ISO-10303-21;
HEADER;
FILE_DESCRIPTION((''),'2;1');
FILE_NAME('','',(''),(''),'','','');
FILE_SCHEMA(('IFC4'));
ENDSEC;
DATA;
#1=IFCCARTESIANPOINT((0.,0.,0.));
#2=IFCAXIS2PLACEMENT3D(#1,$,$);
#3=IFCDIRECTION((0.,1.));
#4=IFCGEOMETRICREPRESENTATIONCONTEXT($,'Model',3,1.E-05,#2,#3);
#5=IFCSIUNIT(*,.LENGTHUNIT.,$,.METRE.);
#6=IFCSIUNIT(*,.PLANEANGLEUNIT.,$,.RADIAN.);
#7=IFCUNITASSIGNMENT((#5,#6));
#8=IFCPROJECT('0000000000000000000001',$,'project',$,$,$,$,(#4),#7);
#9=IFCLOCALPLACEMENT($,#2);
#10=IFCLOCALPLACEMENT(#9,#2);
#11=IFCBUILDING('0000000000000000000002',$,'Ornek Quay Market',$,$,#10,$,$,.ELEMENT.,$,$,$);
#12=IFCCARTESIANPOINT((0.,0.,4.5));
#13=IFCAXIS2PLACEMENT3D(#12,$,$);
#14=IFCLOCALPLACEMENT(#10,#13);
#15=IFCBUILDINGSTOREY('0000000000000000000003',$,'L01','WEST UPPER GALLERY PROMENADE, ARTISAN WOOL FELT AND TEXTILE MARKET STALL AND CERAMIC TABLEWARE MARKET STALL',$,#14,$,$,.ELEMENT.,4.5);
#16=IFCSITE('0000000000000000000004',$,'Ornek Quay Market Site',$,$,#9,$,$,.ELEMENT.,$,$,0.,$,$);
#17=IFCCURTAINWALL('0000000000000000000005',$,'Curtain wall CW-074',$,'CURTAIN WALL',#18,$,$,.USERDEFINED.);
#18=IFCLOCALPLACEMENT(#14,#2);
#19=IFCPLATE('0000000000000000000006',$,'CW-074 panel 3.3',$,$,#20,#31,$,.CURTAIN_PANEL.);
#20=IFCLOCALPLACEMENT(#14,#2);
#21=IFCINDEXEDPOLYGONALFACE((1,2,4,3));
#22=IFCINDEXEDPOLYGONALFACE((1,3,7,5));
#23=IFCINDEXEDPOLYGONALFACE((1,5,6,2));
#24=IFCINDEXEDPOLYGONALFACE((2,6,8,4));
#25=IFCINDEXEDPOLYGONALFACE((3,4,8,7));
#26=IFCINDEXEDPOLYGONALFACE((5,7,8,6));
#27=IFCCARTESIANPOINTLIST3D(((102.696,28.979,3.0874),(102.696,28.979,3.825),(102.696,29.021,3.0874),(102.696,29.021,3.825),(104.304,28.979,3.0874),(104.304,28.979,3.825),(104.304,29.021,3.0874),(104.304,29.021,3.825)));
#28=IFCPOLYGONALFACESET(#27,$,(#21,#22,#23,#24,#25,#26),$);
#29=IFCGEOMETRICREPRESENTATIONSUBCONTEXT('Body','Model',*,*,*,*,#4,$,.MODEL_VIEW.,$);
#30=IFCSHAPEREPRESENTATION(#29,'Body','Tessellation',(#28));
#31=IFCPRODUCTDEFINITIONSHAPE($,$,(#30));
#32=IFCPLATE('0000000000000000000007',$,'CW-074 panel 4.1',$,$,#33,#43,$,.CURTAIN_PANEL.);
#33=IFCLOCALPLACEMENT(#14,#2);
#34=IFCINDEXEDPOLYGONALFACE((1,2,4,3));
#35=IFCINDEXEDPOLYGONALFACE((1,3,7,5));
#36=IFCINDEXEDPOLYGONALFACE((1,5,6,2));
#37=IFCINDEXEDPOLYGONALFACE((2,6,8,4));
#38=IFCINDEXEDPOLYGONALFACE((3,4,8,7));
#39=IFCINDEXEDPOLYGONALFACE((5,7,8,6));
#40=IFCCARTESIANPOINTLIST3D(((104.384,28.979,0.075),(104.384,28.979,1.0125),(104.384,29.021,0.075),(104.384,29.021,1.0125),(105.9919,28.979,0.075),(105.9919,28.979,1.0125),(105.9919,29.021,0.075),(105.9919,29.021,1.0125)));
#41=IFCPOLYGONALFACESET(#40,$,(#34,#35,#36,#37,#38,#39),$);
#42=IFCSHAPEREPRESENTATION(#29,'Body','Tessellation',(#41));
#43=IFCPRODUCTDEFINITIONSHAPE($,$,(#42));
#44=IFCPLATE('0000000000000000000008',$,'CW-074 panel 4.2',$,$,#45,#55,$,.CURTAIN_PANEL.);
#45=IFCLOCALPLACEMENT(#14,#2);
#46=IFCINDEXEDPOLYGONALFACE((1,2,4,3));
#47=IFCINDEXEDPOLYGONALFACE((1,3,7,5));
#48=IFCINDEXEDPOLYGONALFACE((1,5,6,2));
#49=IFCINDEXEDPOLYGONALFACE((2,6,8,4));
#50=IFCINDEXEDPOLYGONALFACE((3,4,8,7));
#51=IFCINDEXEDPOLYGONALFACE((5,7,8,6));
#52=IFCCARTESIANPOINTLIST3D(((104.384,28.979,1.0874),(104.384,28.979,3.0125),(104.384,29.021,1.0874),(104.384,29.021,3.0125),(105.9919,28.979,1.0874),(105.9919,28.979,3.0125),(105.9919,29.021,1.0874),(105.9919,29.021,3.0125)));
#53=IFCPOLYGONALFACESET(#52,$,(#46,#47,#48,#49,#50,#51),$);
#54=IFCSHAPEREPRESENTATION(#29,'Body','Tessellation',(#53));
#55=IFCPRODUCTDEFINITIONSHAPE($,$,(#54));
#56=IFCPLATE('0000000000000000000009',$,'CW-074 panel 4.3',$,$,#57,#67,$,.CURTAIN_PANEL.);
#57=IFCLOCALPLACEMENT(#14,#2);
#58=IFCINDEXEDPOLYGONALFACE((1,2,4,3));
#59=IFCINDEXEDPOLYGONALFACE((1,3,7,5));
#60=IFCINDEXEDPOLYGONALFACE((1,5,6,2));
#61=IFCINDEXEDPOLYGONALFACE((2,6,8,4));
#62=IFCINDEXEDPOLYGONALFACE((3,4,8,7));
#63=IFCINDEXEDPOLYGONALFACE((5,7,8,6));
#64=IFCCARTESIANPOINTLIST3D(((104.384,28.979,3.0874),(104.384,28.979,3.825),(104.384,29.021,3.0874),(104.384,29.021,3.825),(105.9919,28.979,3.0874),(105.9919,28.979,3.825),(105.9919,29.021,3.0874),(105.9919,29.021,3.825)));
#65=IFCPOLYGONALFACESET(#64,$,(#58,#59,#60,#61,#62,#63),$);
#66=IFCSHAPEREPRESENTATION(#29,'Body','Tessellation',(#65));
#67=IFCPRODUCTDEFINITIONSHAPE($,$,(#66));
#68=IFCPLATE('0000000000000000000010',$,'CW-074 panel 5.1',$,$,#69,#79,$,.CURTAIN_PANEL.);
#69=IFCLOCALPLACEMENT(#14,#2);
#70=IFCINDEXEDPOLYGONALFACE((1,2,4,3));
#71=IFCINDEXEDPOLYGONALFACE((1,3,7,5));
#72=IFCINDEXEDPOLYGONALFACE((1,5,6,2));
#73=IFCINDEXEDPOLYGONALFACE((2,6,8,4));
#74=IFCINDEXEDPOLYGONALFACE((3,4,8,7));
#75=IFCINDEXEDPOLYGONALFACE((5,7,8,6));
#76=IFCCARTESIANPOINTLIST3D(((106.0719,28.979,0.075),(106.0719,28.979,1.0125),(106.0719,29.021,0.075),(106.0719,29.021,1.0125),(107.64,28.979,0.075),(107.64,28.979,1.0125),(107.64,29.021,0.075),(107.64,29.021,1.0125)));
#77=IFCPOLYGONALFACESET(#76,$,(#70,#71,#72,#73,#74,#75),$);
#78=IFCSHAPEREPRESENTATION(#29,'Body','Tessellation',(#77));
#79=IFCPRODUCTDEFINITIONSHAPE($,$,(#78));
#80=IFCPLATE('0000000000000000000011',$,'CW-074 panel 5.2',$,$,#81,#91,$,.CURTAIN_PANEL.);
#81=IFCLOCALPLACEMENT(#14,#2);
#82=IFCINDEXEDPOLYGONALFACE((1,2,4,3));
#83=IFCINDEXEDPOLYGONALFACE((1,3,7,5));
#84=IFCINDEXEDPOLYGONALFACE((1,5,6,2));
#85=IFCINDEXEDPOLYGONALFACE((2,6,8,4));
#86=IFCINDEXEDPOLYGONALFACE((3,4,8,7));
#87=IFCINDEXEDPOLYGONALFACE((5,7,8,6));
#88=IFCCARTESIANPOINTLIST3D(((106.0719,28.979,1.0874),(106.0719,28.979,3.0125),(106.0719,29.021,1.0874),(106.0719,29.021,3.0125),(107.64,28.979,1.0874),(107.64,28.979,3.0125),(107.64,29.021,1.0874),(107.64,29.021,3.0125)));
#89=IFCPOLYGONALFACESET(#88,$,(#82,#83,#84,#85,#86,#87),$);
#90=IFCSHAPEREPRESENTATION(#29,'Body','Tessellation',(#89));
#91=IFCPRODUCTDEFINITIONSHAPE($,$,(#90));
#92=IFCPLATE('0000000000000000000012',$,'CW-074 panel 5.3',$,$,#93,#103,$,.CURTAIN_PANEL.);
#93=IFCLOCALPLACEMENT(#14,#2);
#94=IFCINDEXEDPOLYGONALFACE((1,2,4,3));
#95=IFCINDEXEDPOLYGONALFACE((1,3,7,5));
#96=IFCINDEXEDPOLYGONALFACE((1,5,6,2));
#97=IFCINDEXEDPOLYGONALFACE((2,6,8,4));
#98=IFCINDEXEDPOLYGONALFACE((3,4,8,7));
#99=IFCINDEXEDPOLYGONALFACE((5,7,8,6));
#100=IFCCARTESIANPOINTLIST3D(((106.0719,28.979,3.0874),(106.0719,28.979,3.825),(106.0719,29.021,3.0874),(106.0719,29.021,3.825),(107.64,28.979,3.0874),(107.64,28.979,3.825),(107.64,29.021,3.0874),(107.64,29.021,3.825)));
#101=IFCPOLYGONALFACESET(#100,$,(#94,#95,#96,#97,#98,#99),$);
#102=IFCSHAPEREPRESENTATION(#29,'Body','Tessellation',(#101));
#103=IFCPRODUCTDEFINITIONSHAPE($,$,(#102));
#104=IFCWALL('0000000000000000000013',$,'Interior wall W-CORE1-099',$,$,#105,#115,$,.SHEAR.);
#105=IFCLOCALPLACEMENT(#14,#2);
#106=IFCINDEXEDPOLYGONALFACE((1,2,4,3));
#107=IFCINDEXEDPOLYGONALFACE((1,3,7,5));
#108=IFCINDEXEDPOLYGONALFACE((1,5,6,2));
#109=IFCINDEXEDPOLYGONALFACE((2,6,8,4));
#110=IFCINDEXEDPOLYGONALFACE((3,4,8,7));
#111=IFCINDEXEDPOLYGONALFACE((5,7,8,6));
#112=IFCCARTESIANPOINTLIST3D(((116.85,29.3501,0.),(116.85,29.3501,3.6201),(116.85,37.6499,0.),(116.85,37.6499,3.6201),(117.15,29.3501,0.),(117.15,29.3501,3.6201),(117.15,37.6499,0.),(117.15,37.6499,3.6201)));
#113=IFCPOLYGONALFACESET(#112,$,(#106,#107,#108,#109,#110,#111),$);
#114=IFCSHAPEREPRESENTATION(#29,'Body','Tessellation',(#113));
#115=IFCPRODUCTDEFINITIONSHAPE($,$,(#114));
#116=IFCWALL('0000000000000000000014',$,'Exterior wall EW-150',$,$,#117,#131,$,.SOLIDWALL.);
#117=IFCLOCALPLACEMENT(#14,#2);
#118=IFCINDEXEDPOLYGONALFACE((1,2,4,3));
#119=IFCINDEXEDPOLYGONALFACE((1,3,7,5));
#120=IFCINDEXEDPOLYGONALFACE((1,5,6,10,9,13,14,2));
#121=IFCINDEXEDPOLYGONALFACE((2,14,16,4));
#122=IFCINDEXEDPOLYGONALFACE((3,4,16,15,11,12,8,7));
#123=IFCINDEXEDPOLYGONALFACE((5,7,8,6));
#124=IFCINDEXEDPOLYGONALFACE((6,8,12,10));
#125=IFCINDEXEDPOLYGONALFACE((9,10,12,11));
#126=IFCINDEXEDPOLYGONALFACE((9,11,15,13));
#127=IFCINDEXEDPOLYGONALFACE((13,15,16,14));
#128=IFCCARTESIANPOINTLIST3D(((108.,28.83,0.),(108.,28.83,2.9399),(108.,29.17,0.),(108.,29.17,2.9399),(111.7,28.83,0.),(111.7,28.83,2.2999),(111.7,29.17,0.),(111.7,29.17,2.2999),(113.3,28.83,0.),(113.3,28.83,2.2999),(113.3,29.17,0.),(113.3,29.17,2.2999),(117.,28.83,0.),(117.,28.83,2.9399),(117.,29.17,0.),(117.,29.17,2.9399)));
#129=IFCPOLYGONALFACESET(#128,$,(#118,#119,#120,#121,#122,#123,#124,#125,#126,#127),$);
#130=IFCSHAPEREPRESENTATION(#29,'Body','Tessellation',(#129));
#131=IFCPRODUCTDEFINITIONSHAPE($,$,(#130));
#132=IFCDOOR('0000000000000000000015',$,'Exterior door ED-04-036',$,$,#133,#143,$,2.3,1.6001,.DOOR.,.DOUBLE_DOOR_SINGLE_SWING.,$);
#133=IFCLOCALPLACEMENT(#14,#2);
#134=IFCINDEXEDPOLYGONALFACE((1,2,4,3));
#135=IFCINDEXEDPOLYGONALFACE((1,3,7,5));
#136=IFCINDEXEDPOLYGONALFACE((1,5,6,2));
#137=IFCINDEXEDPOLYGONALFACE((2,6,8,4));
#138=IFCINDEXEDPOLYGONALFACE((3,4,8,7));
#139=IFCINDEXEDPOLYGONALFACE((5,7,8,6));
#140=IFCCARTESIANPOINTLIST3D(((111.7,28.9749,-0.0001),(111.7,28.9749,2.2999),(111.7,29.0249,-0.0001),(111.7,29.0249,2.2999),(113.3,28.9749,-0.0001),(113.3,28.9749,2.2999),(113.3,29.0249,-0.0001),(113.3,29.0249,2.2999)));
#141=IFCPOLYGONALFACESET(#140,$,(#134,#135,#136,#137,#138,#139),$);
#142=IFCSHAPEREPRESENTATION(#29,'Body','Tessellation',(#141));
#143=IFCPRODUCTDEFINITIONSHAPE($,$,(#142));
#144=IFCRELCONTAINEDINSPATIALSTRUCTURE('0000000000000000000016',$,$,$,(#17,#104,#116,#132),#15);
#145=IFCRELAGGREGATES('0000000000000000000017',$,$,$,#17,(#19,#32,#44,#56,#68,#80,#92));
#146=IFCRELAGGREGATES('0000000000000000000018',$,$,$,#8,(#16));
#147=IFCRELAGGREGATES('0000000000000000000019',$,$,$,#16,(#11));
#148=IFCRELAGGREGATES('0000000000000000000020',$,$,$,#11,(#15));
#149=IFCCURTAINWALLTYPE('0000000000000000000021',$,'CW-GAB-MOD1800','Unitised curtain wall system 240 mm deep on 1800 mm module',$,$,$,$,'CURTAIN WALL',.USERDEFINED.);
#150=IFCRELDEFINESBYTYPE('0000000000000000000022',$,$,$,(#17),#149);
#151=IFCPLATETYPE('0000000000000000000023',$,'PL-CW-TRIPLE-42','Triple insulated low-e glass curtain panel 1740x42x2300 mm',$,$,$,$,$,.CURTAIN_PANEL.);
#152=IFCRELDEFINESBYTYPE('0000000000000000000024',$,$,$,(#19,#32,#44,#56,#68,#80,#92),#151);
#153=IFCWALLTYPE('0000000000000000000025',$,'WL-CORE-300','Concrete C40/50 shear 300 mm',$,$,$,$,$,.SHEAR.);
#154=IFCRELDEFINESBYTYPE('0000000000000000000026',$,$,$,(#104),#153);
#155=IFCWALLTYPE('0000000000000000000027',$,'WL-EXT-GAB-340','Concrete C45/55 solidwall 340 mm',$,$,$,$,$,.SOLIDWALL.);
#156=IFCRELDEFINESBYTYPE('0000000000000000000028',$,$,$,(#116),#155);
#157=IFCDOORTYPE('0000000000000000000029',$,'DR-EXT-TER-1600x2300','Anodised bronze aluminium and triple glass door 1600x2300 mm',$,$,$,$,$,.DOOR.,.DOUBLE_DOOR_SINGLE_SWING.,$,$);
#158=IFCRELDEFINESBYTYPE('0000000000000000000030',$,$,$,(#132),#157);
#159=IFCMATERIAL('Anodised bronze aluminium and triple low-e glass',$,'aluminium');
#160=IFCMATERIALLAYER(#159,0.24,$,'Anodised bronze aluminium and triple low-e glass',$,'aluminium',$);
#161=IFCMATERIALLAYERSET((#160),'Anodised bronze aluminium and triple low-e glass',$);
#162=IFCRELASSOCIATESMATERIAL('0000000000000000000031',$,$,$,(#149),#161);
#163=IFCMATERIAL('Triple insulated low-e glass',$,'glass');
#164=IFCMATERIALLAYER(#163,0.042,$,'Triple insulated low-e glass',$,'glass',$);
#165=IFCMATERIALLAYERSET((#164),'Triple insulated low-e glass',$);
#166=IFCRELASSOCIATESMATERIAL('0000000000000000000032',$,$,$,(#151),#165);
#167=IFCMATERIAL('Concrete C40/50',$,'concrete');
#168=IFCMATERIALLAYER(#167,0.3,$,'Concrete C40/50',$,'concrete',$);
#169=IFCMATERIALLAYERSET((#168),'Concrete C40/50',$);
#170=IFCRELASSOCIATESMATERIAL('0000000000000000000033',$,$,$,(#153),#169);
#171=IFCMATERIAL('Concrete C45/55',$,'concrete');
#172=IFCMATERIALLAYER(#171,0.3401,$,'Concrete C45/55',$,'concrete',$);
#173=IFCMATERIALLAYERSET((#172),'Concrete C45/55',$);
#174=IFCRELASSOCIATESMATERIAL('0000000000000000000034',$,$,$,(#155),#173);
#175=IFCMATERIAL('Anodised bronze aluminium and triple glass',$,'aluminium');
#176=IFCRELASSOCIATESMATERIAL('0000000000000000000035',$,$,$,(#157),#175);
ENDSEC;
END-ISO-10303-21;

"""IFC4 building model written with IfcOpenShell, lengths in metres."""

from ifc_helpers import new_model, si_unit, direction, frame, frame_2d, origin, origin_2d, place, context, subcontext, project, spatial, rectangle, extrude, material, layer, layer_set, type_object, element, fill, aggregate, save


model = new_model("IFC4")

# Units and contexts
model_context = context("Model", 3, precision=1e-05, world=origin(), true_north=direction((0.0, 1.0)))
body_context = subcontext(model_context, "Body", "Model", "MODEL_VIEW")
ifc_project = project(units=[si_unit("LENGTHUNIT", "METRE"), si_unit("PLANEANGLEUNIT", "RADIAN")], contexts=[model_context])

# Site, building, storey
site_placement = place(None, origin())
site = spatial("IfcSite", under=ifc_project, at=site_placement, Name="Ornek Quay Market Site", CompositionType="ELEMENT", RefElevation=0.0)
building_placement = place(site_placement, origin())
building = spatial("IfcBuilding", under=site, at=building_placement, Name="Ornek Quay Market", CompositionType="ELEMENT")
storey_placement = place(building_placement, frame((0.0, 0.0, 4.5)))
storey = spatial("IfcBuildingStorey", under=building, at=storey_placement, Name="L01", Description="WEST UPPER GALLERY PROMENADE, ARTISAN WOOL FELT AND TEXTILE MARKET STALL AND CERAMIC TABLEWARE MARKET STALL", CompositionType="ELEMENT", Elevation=4.5)

# Shared definitions
ifc_material_1 = material(Name="Concrete C45/55", Category="concrete")
ifc_material_2 = material(Name="Concrete C40/50", Category="concrete")

# Shared definitions
ifc_material_3 = material(Name="Anodised bronze aluminium and triple low-e glass", Category="aluminium")

# Curtain wall
ifc_layer_1 = layer(ifc_material_3, 0.24, Name="Anodised bronze aluminium and triple low-e glass", Category="aluminium")
ifc_layer_set_1 = layer_set([ifc_layer_1], Name="Anodised bronze aluminium and triple low-e glass")
curtain_wall_type_1 = type_object("IfcCurtainWallType", Name="CW-GAB-MOD1800", Description="Unitised curtain wall system 240 mm deep on 1800 mm module", ElementType="CURTAIN WALL", PredefinedType="USERDEFINED", material=ifc_layer_set_1)
curtain_wall_1_placement = place(storey_placement, origin())
curtain_wall_1 = element("IfcCurtainWall", 1, at=curtain_wall_1_placement, inside=storey, type_object=curtain_wall_type_1, Name="Curtain wall CW-074", ObjectType="CURTAIN WALL", PredefinedType="USERDEFINED")

# Plates
ifc_material_4 = material(Name="Triple insulated low-e glass", Category="glass")
ifc_layer_2 = layer(ifc_material_4, 0.042, Name="Triple insulated low-e glass", Category="glass")
ifc_layer_set_2 = layer_set([ifc_layer_2], Name="Triple insulated low-e glass")
plate_type = type_object("IfcPlateType", Name="PL-CW-TRIPLE-42", Description="Triple insulated low-e glass curtain panel 1740x42x2300 mm", PredefinedType="CURTAIN_PANEL", material=ifc_layer_set_2)
plate_1_placement = place(storey_placement, frame((103.5, 29.0, 3.0874), z_axis=(0.0, 0.0, 1.0), x_axis=(1.0, 0.0, 0.0)))
plate_1 = element("IfcPlate", 2, at=plate_1_placement, type_object=plate_type, Name="CW-074 panel 3.3", PredefinedType="CURTAIN_PANEL", context=body_context, shape_type="SweptSolid", body=[
    extrude(rectangle(XDim=1.6079, YDim=0.042, at=origin_2d()), origin(), (0.0, 0.0, 1.0), 0.7375),
])
plate_2_placement = place(storey_placement, frame((105.188, 29.0, 0.075), z_axis=(0.0, 0.0, 1.0), x_axis=(1.0, 0.0, 0.0)))
plate_2 = element("IfcPlate", 3, at=plate_2_placement, type_object=plate_type, Name="CW-074 panel 4.1", PredefinedType="CURTAIN_PANEL", context=body_context, shape_type="SweptSolid", body=[
    extrude(rectangle(XDim=1.6079, YDim=0.042, at=origin_2d()), origin(), (0.0, 0.0, 1.0), 0.9375),
])
plate_3_placement = place(storey_placement, frame((105.188, 29.0, 1.0874), z_axis=(0.0, 0.0, 1.0), x_axis=(1.0, 0.0, 0.0)))
plate_3 = element("IfcPlate", 4, at=plate_3_placement, type_object=plate_type, Name="CW-074 panel 4.2", PredefinedType="CURTAIN_PANEL", context=body_context, shape_type="SweptSolid", body=[
    extrude(rectangle(XDim=1.6079, YDim=0.042, at=origin_2d()), origin(), (0.0, 0.0, 1.0), 1.925),
])
plate_4_placement = place(storey_placement, frame((105.188, 29.0, 3.0874), z_axis=(0.0, 0.0, 1.0), x_axis=(1.0, 0.0, 0.0)))
plate_4 = element("IfcPlate", 5, at=plate_4_placement, type_object=plate_type, Name="CW-074 panel 4.3", PredefinedType="CURTAIN_PANEL", context=body_context, shape_type="SweptSolid", body=[
    extrude(rectangle(XDim=1.6079, YDim=0.042, at=origin_2d()), origin(), (0.0, 0.0, 1.0), 0.7375),
])
plate_5_placement = place(storey_placement, frame((106.856, 29.0, 0.075), z_axis=(0.0, 0.0, 1.0), x_axis=(1.0, 0.0, 0.0)))
plate_5 = element("IfcPlate", 6, at=plate_5_placement, type_object=plate_type, Name="CW-074 panel 5.1", PredefinedType="CURTAIN_PANEL", context=body_context, shape_type="SweptSolid", body=[
    extrude(rectangle(XDim=1.5681, YDim=0.042, at=origin_2d()), origin(), (0.0, 0.0, 1.0), 0.9375),
])
plate_6_placement = place(storey_placement, frame((106.856, 29.0, 1.0874), z_axis=(0.0, 0.0, 1.0), x_axis=(1.0, 0.0, 0.0)))
plate_6 = element("IfcPlate", 7, at=plate_6_placement, type_object=plate_type, Name="CW-074 panel 5.2", PredefinedType="CURTAIN_PANEL", context=body_context, shape_type="SweptSolid", body=[
    extrude(rectangle(XDim=1.5681, YDim=0.042, at=origin_2d()), origin(), (0.0, 0.0, 1.0), 1.925),
])
plate_7_placement = place(storey_placement, frame((106.856, 29.0, 3.0874), z_axis=(0.0, 0.0, 1.0), x_axis=(1.0, 0.0, 0.0)))
plate_7 = element("IfcPlate", 8, at=plate_7_placement, type_object=plate_type, Name="CW-074 panel 5.3", PredefinedType="CURTAIN_PANEL", context=body_context, shape_type="SweptSolid", body=[
    extrude(rectangle(XDim=1.5681, YDim=0.042, at=origin_2d()), origin(), (0.0, 0.0, 1.0), 0.7375),
])
aggregate(curtain_wall_1, [plate_1, plate_2, plate_3, plate_4, plate_5, plate_6, plate_7])

# Wall
ifc_layer_3 = layer(ifc_material_2, 0.3, Name="Concrete C40/50", Category="concrete")
ifc_layer_set_3 = layer_set([ifc_layer_3], Name="Concrete C40/50")
wall_type_1 = type_object("IfcWallType", Name="WL-CORE-300", Description="Concrete C40/50 shear 300 mm", PredefinedType="SHEAR", material=ifc_layer_set_3)
wall_1_placement = place(storey_placement, frame((117.0, 29.3501, 0.0), z_axis=(0.0, 0.0, 1.0), x_axis=(0.0, 1.0, 0.0)))
element("IfcWall", 9, at=wall_1_placement, inside=storey, type_object=wall_type_1, Name="Interior wall W-CORE1-099", PredefinedType="SHEAR", context=body_context, shape_type="SweptSolid", body=[
    extrude(rectangle(XDim=8.2998, YDim=0.3, at=frame_2d((4.1499, 0.0))), origin(), (0.0, 0.0, 1.0), 3.6201),
])

# Wall, opening, door
ifc_layer_4 = layer(ifc_material_1, 0.3401, Name="Concrete C45/55", Category="concrete")
ifc_layer_set_4 = layer_set([ifc_layer_4], Name="Concrete C45/55")
wall_type_2 = type_object("IfcWallType", Name="WL-EXT-GAB-340", Description="Concrete C45/55 solidwall 340 mm", PredefinedType="SOLIDWALL", material=ifc_layer_set_4)
wall_2_placement = place(storey_placement, frame((108.0, 29.0, 0.0), z_axis=(0.0, 0.0, 1.0), x_axis=(1.0, 0.0, 0.0)))
wall_2 = element("IfcWall", 10, at=wall_2_placement, inside=storey, type_object=wall_type_2, Name="Exterior wall EW-150", PredefinedType="SOLIDWALL", context=body_context, shape_type="SweptSolid", body=[
    extrude(rectangle(XDim=9.0, YDim=0.3401, at=frame_2d((4.5, 0.0))), origin(), (0.0, 0.0, 1.0), 2.9399),
])
opening_placement = place(wall_2_placement, frame((3.7, 0.0, 0.0)))
opening = element("IfcOpeningElement", 11, at=opening_placement, cuts=wall_2, PredefinedType="OPENING", context=body_context, shape_type="SweptSolid", body=[
    extrude(rectangle(XDim=1.6001, YDim=2.3, at=frame_2d((0.8, 1.1499))), frame((0.0, 0.1799, 0.0), z_axis=(0.0, -1.0, 0.0), x_axis=(1.0, 0.0, 0.0)), (0.0, 0.0, 1.0), 0.3601),
])
ifc_material_5 = material(Name="Anodised bronze aluminium and triple glass", Category="aluminium")
door_type = type_object("IfcDoorType", Name="DR-EXT-TER-1600x2300", Description="Anodised bronze aluminium and triple glass door 1600x2300 mm", OperationType="DOUBLE_DOOR_SINGLE_SWING", PredefinedType="DOOR", material=ifc_material_5)
door_placement = place(opening_placement, origin())
door = element("IfcDoor", 12, at=door_placement, inside=storey, type_object=door_type, Name="Exterior door ED-04-036", OperationType="DOUBLE_DOOR_SINGLE_SWING", OverallHeight=2.3, OverallWidth=1.6001, PredefinedType="DOOR", context=body_context, shape_type="SweptSolid", body=[
    extrude(rectangle(XDim=1.6001, YDim=2.3, at=frame_2d((0.8, 1.1499))), frame((0.0, 0.0249, 0.0), z_axis=(0.0, -1.0, 0.0), x_axis=(1.0, 0.0, 0.0)), (0.0, 0.0, 1.0), 0.05),
])
fill(opening, door)

save(model, "model.ifc")
